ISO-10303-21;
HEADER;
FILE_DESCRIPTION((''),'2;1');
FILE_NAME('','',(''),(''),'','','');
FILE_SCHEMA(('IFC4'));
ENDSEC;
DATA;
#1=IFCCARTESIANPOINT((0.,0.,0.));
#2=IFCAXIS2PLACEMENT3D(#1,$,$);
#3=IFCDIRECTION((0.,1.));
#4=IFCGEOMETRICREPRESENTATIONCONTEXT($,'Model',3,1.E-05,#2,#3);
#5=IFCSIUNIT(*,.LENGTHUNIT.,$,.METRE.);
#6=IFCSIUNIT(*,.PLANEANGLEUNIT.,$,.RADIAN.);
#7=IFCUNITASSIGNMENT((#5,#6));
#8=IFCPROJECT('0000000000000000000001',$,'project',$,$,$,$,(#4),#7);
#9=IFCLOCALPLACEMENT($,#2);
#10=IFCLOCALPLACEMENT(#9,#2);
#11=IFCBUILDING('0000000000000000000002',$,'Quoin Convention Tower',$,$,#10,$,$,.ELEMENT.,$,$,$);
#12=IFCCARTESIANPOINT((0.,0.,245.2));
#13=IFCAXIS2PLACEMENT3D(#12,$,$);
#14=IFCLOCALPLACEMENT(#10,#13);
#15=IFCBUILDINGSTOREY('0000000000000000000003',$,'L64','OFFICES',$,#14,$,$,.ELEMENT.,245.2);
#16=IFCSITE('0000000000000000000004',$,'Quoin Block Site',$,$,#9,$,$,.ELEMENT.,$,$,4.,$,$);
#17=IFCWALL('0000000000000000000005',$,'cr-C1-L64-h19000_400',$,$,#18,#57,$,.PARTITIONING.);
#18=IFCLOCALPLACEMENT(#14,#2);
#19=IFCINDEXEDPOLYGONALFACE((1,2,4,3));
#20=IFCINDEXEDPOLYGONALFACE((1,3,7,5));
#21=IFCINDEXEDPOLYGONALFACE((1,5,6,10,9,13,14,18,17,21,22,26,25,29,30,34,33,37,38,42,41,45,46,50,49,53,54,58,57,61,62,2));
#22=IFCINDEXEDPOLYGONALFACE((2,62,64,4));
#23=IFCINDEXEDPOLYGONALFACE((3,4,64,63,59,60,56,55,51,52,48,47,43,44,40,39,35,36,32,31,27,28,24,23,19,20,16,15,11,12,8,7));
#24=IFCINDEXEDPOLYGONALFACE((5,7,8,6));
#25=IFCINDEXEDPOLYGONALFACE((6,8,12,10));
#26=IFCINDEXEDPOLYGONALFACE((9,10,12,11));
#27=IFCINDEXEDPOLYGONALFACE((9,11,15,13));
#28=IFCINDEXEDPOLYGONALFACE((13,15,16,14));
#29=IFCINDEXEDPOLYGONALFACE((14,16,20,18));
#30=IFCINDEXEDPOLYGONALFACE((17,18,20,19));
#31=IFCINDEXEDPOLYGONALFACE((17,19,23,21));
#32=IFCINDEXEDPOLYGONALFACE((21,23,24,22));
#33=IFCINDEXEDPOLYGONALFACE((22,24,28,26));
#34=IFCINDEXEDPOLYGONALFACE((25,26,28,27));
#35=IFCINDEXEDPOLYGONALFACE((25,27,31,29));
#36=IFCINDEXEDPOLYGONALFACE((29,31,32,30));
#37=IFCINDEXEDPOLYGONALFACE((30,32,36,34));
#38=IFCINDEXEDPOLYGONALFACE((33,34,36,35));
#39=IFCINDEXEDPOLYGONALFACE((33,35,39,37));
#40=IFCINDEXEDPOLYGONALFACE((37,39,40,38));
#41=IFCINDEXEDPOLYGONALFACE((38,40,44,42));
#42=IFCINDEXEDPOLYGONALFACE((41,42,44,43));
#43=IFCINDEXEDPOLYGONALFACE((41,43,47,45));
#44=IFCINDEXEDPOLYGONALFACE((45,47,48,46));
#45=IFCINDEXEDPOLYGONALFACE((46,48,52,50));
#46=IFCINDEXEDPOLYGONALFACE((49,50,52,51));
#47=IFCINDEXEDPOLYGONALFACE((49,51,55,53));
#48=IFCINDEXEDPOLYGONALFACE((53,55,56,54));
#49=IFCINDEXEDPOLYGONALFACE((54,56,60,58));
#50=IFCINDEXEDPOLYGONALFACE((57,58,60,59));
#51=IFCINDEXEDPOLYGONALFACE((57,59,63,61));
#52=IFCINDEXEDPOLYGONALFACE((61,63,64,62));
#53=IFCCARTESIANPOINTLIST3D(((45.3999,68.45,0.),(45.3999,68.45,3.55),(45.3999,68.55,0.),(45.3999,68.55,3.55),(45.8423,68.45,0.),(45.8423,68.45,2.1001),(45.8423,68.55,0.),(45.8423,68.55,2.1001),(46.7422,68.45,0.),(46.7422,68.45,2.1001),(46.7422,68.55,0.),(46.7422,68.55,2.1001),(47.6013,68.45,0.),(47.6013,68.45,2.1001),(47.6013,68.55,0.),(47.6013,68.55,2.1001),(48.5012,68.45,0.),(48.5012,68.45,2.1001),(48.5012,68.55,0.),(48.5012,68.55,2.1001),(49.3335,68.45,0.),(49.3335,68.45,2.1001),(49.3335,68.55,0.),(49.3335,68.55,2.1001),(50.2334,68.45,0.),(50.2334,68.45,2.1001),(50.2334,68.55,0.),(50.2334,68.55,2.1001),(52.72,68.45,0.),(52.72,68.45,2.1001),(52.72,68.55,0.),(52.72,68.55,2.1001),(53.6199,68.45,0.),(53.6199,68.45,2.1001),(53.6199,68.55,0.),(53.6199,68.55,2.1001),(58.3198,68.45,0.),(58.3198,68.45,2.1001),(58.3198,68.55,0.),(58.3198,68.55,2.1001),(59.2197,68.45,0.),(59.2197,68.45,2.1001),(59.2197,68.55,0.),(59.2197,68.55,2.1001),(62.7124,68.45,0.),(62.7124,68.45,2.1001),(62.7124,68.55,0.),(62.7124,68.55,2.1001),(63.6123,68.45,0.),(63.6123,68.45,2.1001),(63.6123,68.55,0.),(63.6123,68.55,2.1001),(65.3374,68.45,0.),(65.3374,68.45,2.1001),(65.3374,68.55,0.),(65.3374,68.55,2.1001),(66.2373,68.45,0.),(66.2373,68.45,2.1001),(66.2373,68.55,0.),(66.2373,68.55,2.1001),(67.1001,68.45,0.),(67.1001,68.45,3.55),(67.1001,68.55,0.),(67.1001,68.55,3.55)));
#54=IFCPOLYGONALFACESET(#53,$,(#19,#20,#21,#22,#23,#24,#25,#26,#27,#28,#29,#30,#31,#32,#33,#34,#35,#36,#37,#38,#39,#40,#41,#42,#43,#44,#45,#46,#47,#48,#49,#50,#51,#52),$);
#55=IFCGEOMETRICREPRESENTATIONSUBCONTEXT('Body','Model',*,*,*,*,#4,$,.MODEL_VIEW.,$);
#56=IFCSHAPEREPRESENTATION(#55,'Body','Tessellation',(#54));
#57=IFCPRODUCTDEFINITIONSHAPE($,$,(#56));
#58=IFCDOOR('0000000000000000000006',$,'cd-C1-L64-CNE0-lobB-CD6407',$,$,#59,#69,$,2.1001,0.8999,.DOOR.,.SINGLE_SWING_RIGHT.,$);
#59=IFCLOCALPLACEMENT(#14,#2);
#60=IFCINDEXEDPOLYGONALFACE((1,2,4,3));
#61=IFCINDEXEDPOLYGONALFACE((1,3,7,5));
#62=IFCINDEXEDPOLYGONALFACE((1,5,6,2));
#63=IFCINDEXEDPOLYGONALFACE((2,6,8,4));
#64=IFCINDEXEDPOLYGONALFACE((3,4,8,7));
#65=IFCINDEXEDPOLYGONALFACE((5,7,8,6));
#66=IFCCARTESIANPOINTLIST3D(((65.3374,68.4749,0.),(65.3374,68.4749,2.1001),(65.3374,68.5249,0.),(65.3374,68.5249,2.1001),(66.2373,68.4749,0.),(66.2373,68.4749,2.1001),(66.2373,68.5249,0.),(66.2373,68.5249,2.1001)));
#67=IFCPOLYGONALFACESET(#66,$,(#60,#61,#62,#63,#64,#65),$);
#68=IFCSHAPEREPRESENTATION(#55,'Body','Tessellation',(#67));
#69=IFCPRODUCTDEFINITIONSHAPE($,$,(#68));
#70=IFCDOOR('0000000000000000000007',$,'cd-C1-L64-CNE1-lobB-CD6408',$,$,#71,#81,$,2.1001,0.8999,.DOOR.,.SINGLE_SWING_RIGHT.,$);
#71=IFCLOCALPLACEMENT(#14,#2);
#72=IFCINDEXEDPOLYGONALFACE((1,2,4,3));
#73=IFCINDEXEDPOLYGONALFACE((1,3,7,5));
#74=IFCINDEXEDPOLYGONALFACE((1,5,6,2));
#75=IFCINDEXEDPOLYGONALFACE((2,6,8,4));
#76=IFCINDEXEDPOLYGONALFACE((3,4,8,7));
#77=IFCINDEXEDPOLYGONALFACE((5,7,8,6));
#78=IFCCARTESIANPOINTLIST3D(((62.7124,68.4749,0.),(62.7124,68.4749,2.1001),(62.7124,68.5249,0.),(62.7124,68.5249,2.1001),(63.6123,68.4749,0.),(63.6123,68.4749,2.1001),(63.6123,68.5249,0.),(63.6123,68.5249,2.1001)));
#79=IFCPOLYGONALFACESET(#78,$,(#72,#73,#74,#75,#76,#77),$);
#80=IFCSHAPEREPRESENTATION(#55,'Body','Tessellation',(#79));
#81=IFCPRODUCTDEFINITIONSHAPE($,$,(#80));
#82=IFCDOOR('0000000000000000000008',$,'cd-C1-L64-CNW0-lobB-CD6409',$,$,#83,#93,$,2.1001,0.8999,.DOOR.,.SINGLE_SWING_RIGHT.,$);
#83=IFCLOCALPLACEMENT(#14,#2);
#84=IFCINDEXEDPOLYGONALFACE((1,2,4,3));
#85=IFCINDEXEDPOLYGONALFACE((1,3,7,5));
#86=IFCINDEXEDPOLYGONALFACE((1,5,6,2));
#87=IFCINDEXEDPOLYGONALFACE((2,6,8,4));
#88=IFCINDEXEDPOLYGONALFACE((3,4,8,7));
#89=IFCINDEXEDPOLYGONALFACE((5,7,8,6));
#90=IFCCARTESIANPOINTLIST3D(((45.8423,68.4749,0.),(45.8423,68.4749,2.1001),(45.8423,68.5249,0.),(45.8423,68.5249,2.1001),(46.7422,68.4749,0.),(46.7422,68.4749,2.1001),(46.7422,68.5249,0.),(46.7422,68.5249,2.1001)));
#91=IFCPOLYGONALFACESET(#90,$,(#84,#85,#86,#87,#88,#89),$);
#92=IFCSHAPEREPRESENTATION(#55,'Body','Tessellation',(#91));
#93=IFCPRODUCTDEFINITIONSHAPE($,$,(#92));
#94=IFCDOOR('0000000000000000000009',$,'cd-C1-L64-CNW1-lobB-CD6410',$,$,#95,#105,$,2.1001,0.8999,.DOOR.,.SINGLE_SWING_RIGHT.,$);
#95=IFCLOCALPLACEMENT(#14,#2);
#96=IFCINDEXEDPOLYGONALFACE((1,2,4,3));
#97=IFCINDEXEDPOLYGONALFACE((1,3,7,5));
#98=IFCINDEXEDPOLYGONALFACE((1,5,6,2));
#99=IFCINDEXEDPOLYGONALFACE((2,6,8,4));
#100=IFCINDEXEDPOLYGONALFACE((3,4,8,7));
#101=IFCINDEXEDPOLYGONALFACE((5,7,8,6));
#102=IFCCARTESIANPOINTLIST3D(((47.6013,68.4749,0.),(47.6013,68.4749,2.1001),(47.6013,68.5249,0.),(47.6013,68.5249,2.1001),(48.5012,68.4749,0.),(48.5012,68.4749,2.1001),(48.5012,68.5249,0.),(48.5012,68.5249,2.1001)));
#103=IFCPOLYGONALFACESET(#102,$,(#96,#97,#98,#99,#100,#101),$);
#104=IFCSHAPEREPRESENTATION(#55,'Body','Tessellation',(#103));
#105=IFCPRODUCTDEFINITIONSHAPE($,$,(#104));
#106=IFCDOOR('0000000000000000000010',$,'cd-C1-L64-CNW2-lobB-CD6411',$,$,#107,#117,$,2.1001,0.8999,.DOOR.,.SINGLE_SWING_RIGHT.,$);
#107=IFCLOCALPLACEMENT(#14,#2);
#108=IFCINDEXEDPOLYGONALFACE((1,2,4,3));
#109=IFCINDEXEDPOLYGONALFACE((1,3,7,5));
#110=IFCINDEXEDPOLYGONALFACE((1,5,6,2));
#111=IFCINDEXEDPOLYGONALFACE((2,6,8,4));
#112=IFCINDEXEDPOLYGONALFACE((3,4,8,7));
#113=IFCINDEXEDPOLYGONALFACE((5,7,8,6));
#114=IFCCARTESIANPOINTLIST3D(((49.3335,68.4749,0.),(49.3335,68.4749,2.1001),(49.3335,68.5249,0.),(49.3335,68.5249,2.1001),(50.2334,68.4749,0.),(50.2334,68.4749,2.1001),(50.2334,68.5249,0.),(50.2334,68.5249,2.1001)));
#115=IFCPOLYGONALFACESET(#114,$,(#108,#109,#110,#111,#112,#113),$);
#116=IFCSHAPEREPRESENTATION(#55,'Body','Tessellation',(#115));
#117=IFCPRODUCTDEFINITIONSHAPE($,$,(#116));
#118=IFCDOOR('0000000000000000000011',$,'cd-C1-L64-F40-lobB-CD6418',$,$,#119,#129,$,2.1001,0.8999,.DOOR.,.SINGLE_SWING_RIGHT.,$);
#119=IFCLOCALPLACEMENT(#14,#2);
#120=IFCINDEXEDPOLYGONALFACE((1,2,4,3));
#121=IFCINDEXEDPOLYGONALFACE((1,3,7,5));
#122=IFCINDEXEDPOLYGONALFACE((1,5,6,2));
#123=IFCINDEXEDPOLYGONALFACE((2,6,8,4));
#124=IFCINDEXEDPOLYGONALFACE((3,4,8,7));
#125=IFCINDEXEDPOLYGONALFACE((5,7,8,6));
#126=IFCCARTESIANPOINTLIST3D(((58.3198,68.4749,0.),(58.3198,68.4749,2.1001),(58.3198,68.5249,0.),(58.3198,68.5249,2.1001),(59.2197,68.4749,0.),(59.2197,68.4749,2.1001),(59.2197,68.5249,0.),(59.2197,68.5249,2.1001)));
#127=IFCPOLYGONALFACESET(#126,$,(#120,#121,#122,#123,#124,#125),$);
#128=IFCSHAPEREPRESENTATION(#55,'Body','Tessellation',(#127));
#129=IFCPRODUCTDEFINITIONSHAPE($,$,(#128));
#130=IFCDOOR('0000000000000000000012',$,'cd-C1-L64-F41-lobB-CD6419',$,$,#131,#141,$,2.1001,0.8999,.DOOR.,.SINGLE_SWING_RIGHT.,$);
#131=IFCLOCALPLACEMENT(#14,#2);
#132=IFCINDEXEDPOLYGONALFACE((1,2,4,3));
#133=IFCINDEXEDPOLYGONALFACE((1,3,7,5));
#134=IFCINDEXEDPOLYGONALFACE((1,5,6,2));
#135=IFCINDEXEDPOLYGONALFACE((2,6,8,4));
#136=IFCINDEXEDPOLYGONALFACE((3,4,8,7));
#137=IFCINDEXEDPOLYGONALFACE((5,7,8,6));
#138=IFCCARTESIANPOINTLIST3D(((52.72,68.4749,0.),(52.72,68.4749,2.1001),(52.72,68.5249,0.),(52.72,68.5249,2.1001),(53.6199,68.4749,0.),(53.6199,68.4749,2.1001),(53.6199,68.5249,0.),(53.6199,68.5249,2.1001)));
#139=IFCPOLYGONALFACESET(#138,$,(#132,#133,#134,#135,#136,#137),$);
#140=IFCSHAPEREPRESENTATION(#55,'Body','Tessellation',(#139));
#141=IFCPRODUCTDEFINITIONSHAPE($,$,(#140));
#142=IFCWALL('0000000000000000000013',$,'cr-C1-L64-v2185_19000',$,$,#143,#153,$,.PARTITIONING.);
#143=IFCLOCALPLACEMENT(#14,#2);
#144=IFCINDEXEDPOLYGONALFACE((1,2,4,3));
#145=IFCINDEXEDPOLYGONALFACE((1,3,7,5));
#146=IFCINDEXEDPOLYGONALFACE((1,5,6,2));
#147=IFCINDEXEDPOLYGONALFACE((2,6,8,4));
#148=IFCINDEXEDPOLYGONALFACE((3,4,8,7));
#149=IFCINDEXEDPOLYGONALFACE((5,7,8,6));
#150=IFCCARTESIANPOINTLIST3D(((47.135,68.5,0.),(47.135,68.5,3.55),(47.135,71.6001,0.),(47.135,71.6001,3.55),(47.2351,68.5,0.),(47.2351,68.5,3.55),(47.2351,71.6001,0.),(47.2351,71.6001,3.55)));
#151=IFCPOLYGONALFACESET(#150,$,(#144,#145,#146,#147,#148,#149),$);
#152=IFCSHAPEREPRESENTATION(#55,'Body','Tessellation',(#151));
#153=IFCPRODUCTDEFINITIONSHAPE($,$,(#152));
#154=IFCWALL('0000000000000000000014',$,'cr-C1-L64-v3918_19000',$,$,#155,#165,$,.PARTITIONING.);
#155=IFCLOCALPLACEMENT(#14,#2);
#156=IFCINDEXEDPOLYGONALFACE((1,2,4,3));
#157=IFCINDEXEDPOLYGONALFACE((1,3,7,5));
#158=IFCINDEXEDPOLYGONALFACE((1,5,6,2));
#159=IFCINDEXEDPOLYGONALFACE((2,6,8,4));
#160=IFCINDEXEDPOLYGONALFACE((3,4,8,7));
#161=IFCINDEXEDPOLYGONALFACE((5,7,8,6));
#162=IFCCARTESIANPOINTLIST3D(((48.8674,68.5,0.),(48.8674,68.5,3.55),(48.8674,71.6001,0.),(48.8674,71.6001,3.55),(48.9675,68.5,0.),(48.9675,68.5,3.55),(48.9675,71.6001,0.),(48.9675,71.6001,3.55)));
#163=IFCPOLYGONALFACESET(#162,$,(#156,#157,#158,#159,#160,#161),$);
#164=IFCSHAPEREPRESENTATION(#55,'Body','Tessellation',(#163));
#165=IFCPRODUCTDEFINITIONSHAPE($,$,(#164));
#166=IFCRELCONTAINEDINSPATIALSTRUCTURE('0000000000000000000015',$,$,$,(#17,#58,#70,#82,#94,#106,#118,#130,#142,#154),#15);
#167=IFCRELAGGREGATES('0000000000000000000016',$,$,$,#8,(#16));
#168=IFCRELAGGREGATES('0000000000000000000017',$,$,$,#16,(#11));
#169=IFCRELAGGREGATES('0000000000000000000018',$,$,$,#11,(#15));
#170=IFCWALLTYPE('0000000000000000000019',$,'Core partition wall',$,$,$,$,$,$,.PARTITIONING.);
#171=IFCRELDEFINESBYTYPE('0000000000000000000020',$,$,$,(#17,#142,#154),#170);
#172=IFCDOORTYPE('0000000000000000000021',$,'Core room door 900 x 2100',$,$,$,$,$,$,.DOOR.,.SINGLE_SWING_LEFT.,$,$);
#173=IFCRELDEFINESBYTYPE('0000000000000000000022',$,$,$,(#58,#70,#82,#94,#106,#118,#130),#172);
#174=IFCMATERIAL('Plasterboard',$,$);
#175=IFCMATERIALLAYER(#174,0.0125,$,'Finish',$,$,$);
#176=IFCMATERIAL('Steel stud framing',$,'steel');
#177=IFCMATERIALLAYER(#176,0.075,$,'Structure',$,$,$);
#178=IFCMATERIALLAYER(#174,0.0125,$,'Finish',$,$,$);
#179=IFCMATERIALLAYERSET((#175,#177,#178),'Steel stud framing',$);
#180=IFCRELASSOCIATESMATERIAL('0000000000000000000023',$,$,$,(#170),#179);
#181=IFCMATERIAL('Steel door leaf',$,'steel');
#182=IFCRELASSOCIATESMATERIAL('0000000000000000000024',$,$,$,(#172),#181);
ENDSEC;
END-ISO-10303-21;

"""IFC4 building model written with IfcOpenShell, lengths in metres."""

from ifc_helpers import new_model, si_unit, direction, frame, frame_2d, origin, place, context, subcontext, project, spatial, rectangle, extrude, material, layer, layer_set, type_object, element, fill, save


model = new_model("IFC4")

# Units and contexts
model_context = context("Model", 3, precision=1e-05, world=origin(), true_north=direction((0.0, 1.0)))
body_context = subcontext(model_context, "Body", "Model", "MODEL_VIEW")
ifc_project = project(units=[si_unit("LENGTHUNIT", "METRE"), si_unit("PLANEANGLEUNIT", "RADIAN")], contexts=[model_context])

# Site, building, storey
site_placement = place(None, origin())
site = spatial("IfcSite", under=ifc_project, at=site_placement, Name="Quoin Block Site", CompositionType="ELEMENT", RefElevation=4.0)
building_placement = place(site_placement, origin())
building = spatial("IfcBuilding", under=site, at=building_placement, Name="Quoin Convention Tower", CompositionType="ELEMENT")
storey_placement = place(building_placement, frame((0.0, 0.0, 245.2)))
storey = spatial("IfcBuildingStorey", under=building, at=storey_placement, Name="L64", Description="OFFICES", CompositionType="ELEMENT", Elevation=245.2)

# Wall, openings, doors
ifc_material_1 = material(Name="Plasterboard")
ifc_layer_1 = layer(ifc_material_1, 0.0125, Name="Finish")
ifc_material_2 = material(Name="Steel stud framing", Category="steel")
ifc_layer_2 = layer(ifc_material_2, 0.075, Name="Structure")
ifc_layer_3 = layer(ifc_material_1, 0.0125, Name="Finish")
ifc_layer_set_1 = layer_set([ifc_layer_1, ifc_layer_2, ifc_layer_3], Name="Steel stud framing")
wall_type_1 = type_object("IfcWallType", Name="Core partition wall", PredefinedType="PARTITIONING", material=ifc_layer_set_1)
wall_1_placement = place(storey_placement, frame((45.3999, 68.5, 0.0), z_axis=(0.0, 0.0, 1.0), x_axis=(1.0, 0.0, 0.0)))
wall_1 = element("IfcWall", 1, at=wall_1_placement, inside=storey, type_object=wall_type_1, Name="cr-C1-L64-h19000_400", PredefinedType="PARTITIONING", context=body_context, shape_type="SweptSolid", body=[
    extrude(rectangle(XDim=21.7002, YDim=0.1001, at=frame_2d((10.8501, 0.0))), origin(), (0.0, 0.0, 1.0), 3.55),
])
opening_1_placement = place(wall_1_placement, frame((19.9375, 0.0, 0.0)))
opening_1 = element("IfcOpeningElement", 2, at=opening_1_placement, cuts=wall_1, PredefinedType="OPENING", context=body_context, shape_type="SweptSolid", body=[
    extrude(rectangle(XDim=0.8999, YDim=2.1001, at=frame_2d((0.45, 1.05))), frame((0.0, 0.0601, 0.0), z_axis=(0.0, -1.0, 0.0), x_axis=(1.0, 0.0, 0.0)), (0.0, 0.0, 1.0), 0.1201),
])
opening_2_placement = place(wall_1_placement, frame((17.3125, 0.0, 0.0)))
opening_2 = element("IfcOpeningElement", 3, at=opening_2_placement, cuts=wall_1, PredefinedType="OPENING", context=body_context, shape_type="SweptSolid", body=[
    extrude(rectangle(XDim=0.8999, YDim=2.1001, at=frame_2d((0.45, 1.05))), frame((0.0, 0.0601, 0.0), z_axis=(0.0, -1.0, 0.0), x_axis=(1.0, 0.0, 0.0)), (0.0, 0.0, 1.0), 0.1201),
])
opening_3_placement = place(wall_1_placement, frame((0.4424, 0.0, 0.0)))
opening_3 = element("IfcOpeningElement", 4, at=opening_3_placement, cuts=wall_1, PredefinedType="OPENING", context=body_context, shape_type="SweptSolid", body=[
    extrude(rectangle(XDim=0.8999, YDim=2.1001, at=frame_2d((0.45, 1.05))), frame((0.0, 0.0601, 0.0), z_axis=(0.0, -1.0, 0.0), x_axis=(1.0, 0.0, 0.0)), (0.0, 0.0, 1.0), 0.1201),
])
opening_4_placement = place(wall_1_placement, frame((2.2014, 0.0, 0.0)))
opening_4 = element("IfcOpeningElement", 5, at=opening_4_placement, cuts=wall_1, PredefinedType="OPENING", context=body_context, shape_type="SweptSolid", body=[
    extrude(rectangle(XDim=0.8999, YDim=2.1001, at=frame_2d((0.45, 1.05))), frame((0.0, 0.0601, 0.0), z_axis=(0.0, -1.0, 0.0), x_axis=(1.0, 0.0, 0.0)), (0.0, 0.0, 1.0), 0.1201),
])
opening_5_placement = place(wall_1_placement, frame((3.9336, 0.0, 0.0)))
opening_5 = element("IfcOpeningElement", 6, at=opening_5_placement, cuts=wall_1, PredefinedType="OPENING", context=body_context, shape_type="SweptSolid", body=[
    extrude(rectangle(XDim=0.8999, YDim=2.1001, at=frame_2d((0.45, 1.05))), frame((0.0, 0.0601, 0.0), z_axis=(0.0, -1.0, 0.0), x_axis=(1.0, 0.0, 0.0)), (0.0, 0.0, 1.0), 0.1201),
])
opening_6_placement = place(wall_1_placement, frame((12.9199, 0.0, 0.0)))
opening_6 = element("IfcOpeningElement", 7, at=opening_6_placement, cuts=wall_1, PredefinedType="OPENING", context=body_context, shape_type="SweptSolid", body=[
    extrude(rectangle(XDim=0.8999, YDim=2.1001, at=frame_2d((0.45, 1.05))), frame((0.0, 0.0601, 0.0), z_axis=(0.0, -1.0, 0.0), x_axis=(1.0, 0.0, 0.0)), (0.0, 0.0, 1.0), 0.1201),
])
opening_7_placement = place(wall_1_placement, frame((7.3201, 0.0, 0.0)))
opening_7 = element("IfcOpeningElement", 8, at=opening_7_placement, cuts=wall_1, PredefinedType="OPENING", context=body_context, shape_type="SweptSolid", body=[
    extrude(rectangle(XDim=0.8999, YDim=2.1001, at=frame_2d((0.45, 1.05))), frame((0.0, 0.0601, 0.0), z_axis=(0.0, -1.0, 0.0), x_axis=(1.0, 0.0, 0.0)), (0.0, 0.0, 1.0), 0.1201),
])
ifc_material_3 = material(Name="Steel door leaf", Category="steel")
door_type_1 = type_object("IfcDoorType", Name="Core room door 900 x 2100", OperationType="SINGLE_SWING_LEFT", PredefinedType="DOOR", material=ifc_material_3)
door_1_placement = place(opening_1_placement, origin())
door_1 = element("IfcDoor", 9, at=door_1_placement, inside=storey, type_object=door_type_1, Name="cd-C1-L64-CNE0-lobB-CD6407", OperationType="SINGLE_SWING_RIGHT", OverallHeight=2.1001, OverallWidth=0.8999, PredefinedType="DOOR", context=body_context, shape_type="SweptSolid", body=[
    extrude(rectangle(XDim=0.8999, YDim=2.1001, at=frame_2d((0.45, 1.05))), frame((0.0, 0.0249, 0.0), z_axis=(0.0, -1.0, 0.0), x_axis=(1.0, 0.0, 0.0)), (0.0, 0.0, 1.0), 0.05),
])
fill(opening_1, door_1)
door_2_placement = place(opening_2_placement, origin())
door_2 = element("IfcDoor", 10, at=door_2_placement, inside=storey, type_object=door_type_1, Name="cd-C1-L64-CNE1-lobB-CD6408", OperationType="SINGLE_SWING_RIGHT", OverallHeight=2.1001, OverallWidth=0.8999, PredefinedType="DOOR", context=body_context, shape_type="SweptSolid", body=[
    extrude(rectangle(XDim=0.8999, YDim=2.1001, at=frame_2d((0.45, 1.05))), frame((0.0, 0.0249, 0.0), z_axis=(0.0, -1.0, 0.0), x_axis=(1.0, 0.0, 0.0)), (0.0, 0.0, 1.0), 0.05),
])
fill(opening_2, door_2)
door_3_placement = place(opening_3_placement, origin())
door_3 = element("IfcDoor", 11, at=door_3_placement, inside=storey, type_object=door_type_1, Name="cd-C1-L64-CNW0-lobB-CD6409", OperationType="SINGLE_SWING_RIGHT", OverallHeight=2.1001, OverallWidth=0.8999, PredefinedType="DOOR", context=body_context, shape_type="SweptSolid", body=[
    extrude(rectangle(XDim=0.8999, YDim=2.1001, at=frame_2d((0.45, 1.05))), frame((0.0, 0.0249, 0.0), z_axis=(0.0, -1.0, 0.0), x_axis=(1.0, 0.0, 0.0)), (0.0, 0.0, 1.0), 0.05),
])
fill(opening_3, door_3)
door_4_placement = place(opening_4_placement, origin())
door_4 = element("IfcDoor", 12, at=door_4_placement, inside=storey, type_object=door_type_1, Name="cd-C1-L64-CNW1-lobB-CD6410", OperationType="SINGLE_SWING_RIGHT", OverallHeight=2.1001, OverallWidth=0.8999, PredefinedType="DOOR", context=body_context, shape_type="SweptSolid", body=[
    extrude(rectangle(XDim=0.8999, YDim=2.1001, at=frame_2d((0.45, 1.05))), frame((0.0, 0.0249, 0.0), z_axis=(0.0, -1.0, 0.0), x_axis=(1.0, 0.0, 0.0)), (0.0, 0.0, 1.0), 0.05),
])
fill(opening_4, door_4)
door_5_placement = place(opening_5_placement, origin())
door_5 = element("IfcDoor", 13, at=door_5_placement, inside=storey, type_object=door_type_1, Name="cd-C1-L64-CNW2-lobB-CD6411", OperationType="SINGLE_SWING_RIGHT", OverallHeight=2.1001, OverallWidth=0.8999, PredefinedType="DOOR", context=body_context, shape_type="SweptSolid", body=[
    extrude(rectangle(XDim=0.8999, YDim=2.1001, at=frame_2d((0.45, 1.05))), frame((0.0, 0.0249, 0.0), z_axis=(0.0, -1.0, 0.0), x_axis=(1.0, 0.0, 0.0)), (0.0, 0.0, 1.0), 0.05),
])
fill(opening_5, door_5)
door_6_placement = place(opening_6_placement, origin())
door_6 = element("IfcDoor", 14, at=door_6_placement, inside=storey, type_object=door_type_1, Name="cd-C1-L64-F40-lobB-CD6418", OperationType="SINGLE_SWING_RIGHT", OverallHeight=2.1001, OverallWidth=0.8999, PredefinedType="DOOR", context=body_context, shape_type="SweptSolid", body=[
    extrude(rectangle(XDim=0.8999, YDim=2.1001, at=frame_2d((0.45, 1.05))), frame((0.0, 0.0249, 0.0), z_axis=(0.0, -1.0, 0.0), x_axis=(1.0, 0.0, 0.0)), (0.0, 0.0, 1.0), 0.05),
])
fill(opening_6, door_6)
door_7_placement = place(opening_7_placement, origin())
door_7 = element("IfcDoor", 15, at=door_7_placement, inside=storey, type_object=door_type_1, Name="cd-C1-L64-F41-lobB-CD6419", OperationType="SINGLE_SWING_RIGHT", OverallHeight=2.1001, OverallWidth=0.8999, PredefinedType="DOOR", context=body_context, shape_type="SweptSolid", body=[
    extrude(rectangle(XDim=0.8999, YDim=2.1001, at=frame_2d((0.45, 1.05))), frame((0.0, 0.0249, 0.0), z_axis=(0.0, -1.0, 0.0), x_axis=(1.0, 0.0, 0.0)), (0.0, 0.0, 1.0), 0.05),
])
fill(opening_7, door_7)

# Walls
for number, where, z_axis, x_axis, name in (
    (16, (47.1851, 68.5, 0.0), (0.0, 0.0, 1.0), (0.0, 1.0, 0.0), "cr-C1-L64-v2185_19000"),
    (17, (48.9175, 68.5, 0.0), (0.0, 0.0, 1.0), (0.0, 1.0, 0.0), "cr-C1-L64-v3918_19000"),
):
    element("IfcWall", number, at=place(storey_placement, frame(where, z_axis=z_axis, x_axis=x_axis)), inside=storey, type_object=wall_type_1, Name=name, PredefinedType="PARTITIONING", context=body_context, shape_type="SweptSolid", body=[
        extrude(rectangle(XDim=3.1001, YDim=0.1001, at=frame_2d((1.55, 0.0))), origin(), (0.0, 0.0, 1.0), 3.55),
    ])

save(model, "model.ifc")
